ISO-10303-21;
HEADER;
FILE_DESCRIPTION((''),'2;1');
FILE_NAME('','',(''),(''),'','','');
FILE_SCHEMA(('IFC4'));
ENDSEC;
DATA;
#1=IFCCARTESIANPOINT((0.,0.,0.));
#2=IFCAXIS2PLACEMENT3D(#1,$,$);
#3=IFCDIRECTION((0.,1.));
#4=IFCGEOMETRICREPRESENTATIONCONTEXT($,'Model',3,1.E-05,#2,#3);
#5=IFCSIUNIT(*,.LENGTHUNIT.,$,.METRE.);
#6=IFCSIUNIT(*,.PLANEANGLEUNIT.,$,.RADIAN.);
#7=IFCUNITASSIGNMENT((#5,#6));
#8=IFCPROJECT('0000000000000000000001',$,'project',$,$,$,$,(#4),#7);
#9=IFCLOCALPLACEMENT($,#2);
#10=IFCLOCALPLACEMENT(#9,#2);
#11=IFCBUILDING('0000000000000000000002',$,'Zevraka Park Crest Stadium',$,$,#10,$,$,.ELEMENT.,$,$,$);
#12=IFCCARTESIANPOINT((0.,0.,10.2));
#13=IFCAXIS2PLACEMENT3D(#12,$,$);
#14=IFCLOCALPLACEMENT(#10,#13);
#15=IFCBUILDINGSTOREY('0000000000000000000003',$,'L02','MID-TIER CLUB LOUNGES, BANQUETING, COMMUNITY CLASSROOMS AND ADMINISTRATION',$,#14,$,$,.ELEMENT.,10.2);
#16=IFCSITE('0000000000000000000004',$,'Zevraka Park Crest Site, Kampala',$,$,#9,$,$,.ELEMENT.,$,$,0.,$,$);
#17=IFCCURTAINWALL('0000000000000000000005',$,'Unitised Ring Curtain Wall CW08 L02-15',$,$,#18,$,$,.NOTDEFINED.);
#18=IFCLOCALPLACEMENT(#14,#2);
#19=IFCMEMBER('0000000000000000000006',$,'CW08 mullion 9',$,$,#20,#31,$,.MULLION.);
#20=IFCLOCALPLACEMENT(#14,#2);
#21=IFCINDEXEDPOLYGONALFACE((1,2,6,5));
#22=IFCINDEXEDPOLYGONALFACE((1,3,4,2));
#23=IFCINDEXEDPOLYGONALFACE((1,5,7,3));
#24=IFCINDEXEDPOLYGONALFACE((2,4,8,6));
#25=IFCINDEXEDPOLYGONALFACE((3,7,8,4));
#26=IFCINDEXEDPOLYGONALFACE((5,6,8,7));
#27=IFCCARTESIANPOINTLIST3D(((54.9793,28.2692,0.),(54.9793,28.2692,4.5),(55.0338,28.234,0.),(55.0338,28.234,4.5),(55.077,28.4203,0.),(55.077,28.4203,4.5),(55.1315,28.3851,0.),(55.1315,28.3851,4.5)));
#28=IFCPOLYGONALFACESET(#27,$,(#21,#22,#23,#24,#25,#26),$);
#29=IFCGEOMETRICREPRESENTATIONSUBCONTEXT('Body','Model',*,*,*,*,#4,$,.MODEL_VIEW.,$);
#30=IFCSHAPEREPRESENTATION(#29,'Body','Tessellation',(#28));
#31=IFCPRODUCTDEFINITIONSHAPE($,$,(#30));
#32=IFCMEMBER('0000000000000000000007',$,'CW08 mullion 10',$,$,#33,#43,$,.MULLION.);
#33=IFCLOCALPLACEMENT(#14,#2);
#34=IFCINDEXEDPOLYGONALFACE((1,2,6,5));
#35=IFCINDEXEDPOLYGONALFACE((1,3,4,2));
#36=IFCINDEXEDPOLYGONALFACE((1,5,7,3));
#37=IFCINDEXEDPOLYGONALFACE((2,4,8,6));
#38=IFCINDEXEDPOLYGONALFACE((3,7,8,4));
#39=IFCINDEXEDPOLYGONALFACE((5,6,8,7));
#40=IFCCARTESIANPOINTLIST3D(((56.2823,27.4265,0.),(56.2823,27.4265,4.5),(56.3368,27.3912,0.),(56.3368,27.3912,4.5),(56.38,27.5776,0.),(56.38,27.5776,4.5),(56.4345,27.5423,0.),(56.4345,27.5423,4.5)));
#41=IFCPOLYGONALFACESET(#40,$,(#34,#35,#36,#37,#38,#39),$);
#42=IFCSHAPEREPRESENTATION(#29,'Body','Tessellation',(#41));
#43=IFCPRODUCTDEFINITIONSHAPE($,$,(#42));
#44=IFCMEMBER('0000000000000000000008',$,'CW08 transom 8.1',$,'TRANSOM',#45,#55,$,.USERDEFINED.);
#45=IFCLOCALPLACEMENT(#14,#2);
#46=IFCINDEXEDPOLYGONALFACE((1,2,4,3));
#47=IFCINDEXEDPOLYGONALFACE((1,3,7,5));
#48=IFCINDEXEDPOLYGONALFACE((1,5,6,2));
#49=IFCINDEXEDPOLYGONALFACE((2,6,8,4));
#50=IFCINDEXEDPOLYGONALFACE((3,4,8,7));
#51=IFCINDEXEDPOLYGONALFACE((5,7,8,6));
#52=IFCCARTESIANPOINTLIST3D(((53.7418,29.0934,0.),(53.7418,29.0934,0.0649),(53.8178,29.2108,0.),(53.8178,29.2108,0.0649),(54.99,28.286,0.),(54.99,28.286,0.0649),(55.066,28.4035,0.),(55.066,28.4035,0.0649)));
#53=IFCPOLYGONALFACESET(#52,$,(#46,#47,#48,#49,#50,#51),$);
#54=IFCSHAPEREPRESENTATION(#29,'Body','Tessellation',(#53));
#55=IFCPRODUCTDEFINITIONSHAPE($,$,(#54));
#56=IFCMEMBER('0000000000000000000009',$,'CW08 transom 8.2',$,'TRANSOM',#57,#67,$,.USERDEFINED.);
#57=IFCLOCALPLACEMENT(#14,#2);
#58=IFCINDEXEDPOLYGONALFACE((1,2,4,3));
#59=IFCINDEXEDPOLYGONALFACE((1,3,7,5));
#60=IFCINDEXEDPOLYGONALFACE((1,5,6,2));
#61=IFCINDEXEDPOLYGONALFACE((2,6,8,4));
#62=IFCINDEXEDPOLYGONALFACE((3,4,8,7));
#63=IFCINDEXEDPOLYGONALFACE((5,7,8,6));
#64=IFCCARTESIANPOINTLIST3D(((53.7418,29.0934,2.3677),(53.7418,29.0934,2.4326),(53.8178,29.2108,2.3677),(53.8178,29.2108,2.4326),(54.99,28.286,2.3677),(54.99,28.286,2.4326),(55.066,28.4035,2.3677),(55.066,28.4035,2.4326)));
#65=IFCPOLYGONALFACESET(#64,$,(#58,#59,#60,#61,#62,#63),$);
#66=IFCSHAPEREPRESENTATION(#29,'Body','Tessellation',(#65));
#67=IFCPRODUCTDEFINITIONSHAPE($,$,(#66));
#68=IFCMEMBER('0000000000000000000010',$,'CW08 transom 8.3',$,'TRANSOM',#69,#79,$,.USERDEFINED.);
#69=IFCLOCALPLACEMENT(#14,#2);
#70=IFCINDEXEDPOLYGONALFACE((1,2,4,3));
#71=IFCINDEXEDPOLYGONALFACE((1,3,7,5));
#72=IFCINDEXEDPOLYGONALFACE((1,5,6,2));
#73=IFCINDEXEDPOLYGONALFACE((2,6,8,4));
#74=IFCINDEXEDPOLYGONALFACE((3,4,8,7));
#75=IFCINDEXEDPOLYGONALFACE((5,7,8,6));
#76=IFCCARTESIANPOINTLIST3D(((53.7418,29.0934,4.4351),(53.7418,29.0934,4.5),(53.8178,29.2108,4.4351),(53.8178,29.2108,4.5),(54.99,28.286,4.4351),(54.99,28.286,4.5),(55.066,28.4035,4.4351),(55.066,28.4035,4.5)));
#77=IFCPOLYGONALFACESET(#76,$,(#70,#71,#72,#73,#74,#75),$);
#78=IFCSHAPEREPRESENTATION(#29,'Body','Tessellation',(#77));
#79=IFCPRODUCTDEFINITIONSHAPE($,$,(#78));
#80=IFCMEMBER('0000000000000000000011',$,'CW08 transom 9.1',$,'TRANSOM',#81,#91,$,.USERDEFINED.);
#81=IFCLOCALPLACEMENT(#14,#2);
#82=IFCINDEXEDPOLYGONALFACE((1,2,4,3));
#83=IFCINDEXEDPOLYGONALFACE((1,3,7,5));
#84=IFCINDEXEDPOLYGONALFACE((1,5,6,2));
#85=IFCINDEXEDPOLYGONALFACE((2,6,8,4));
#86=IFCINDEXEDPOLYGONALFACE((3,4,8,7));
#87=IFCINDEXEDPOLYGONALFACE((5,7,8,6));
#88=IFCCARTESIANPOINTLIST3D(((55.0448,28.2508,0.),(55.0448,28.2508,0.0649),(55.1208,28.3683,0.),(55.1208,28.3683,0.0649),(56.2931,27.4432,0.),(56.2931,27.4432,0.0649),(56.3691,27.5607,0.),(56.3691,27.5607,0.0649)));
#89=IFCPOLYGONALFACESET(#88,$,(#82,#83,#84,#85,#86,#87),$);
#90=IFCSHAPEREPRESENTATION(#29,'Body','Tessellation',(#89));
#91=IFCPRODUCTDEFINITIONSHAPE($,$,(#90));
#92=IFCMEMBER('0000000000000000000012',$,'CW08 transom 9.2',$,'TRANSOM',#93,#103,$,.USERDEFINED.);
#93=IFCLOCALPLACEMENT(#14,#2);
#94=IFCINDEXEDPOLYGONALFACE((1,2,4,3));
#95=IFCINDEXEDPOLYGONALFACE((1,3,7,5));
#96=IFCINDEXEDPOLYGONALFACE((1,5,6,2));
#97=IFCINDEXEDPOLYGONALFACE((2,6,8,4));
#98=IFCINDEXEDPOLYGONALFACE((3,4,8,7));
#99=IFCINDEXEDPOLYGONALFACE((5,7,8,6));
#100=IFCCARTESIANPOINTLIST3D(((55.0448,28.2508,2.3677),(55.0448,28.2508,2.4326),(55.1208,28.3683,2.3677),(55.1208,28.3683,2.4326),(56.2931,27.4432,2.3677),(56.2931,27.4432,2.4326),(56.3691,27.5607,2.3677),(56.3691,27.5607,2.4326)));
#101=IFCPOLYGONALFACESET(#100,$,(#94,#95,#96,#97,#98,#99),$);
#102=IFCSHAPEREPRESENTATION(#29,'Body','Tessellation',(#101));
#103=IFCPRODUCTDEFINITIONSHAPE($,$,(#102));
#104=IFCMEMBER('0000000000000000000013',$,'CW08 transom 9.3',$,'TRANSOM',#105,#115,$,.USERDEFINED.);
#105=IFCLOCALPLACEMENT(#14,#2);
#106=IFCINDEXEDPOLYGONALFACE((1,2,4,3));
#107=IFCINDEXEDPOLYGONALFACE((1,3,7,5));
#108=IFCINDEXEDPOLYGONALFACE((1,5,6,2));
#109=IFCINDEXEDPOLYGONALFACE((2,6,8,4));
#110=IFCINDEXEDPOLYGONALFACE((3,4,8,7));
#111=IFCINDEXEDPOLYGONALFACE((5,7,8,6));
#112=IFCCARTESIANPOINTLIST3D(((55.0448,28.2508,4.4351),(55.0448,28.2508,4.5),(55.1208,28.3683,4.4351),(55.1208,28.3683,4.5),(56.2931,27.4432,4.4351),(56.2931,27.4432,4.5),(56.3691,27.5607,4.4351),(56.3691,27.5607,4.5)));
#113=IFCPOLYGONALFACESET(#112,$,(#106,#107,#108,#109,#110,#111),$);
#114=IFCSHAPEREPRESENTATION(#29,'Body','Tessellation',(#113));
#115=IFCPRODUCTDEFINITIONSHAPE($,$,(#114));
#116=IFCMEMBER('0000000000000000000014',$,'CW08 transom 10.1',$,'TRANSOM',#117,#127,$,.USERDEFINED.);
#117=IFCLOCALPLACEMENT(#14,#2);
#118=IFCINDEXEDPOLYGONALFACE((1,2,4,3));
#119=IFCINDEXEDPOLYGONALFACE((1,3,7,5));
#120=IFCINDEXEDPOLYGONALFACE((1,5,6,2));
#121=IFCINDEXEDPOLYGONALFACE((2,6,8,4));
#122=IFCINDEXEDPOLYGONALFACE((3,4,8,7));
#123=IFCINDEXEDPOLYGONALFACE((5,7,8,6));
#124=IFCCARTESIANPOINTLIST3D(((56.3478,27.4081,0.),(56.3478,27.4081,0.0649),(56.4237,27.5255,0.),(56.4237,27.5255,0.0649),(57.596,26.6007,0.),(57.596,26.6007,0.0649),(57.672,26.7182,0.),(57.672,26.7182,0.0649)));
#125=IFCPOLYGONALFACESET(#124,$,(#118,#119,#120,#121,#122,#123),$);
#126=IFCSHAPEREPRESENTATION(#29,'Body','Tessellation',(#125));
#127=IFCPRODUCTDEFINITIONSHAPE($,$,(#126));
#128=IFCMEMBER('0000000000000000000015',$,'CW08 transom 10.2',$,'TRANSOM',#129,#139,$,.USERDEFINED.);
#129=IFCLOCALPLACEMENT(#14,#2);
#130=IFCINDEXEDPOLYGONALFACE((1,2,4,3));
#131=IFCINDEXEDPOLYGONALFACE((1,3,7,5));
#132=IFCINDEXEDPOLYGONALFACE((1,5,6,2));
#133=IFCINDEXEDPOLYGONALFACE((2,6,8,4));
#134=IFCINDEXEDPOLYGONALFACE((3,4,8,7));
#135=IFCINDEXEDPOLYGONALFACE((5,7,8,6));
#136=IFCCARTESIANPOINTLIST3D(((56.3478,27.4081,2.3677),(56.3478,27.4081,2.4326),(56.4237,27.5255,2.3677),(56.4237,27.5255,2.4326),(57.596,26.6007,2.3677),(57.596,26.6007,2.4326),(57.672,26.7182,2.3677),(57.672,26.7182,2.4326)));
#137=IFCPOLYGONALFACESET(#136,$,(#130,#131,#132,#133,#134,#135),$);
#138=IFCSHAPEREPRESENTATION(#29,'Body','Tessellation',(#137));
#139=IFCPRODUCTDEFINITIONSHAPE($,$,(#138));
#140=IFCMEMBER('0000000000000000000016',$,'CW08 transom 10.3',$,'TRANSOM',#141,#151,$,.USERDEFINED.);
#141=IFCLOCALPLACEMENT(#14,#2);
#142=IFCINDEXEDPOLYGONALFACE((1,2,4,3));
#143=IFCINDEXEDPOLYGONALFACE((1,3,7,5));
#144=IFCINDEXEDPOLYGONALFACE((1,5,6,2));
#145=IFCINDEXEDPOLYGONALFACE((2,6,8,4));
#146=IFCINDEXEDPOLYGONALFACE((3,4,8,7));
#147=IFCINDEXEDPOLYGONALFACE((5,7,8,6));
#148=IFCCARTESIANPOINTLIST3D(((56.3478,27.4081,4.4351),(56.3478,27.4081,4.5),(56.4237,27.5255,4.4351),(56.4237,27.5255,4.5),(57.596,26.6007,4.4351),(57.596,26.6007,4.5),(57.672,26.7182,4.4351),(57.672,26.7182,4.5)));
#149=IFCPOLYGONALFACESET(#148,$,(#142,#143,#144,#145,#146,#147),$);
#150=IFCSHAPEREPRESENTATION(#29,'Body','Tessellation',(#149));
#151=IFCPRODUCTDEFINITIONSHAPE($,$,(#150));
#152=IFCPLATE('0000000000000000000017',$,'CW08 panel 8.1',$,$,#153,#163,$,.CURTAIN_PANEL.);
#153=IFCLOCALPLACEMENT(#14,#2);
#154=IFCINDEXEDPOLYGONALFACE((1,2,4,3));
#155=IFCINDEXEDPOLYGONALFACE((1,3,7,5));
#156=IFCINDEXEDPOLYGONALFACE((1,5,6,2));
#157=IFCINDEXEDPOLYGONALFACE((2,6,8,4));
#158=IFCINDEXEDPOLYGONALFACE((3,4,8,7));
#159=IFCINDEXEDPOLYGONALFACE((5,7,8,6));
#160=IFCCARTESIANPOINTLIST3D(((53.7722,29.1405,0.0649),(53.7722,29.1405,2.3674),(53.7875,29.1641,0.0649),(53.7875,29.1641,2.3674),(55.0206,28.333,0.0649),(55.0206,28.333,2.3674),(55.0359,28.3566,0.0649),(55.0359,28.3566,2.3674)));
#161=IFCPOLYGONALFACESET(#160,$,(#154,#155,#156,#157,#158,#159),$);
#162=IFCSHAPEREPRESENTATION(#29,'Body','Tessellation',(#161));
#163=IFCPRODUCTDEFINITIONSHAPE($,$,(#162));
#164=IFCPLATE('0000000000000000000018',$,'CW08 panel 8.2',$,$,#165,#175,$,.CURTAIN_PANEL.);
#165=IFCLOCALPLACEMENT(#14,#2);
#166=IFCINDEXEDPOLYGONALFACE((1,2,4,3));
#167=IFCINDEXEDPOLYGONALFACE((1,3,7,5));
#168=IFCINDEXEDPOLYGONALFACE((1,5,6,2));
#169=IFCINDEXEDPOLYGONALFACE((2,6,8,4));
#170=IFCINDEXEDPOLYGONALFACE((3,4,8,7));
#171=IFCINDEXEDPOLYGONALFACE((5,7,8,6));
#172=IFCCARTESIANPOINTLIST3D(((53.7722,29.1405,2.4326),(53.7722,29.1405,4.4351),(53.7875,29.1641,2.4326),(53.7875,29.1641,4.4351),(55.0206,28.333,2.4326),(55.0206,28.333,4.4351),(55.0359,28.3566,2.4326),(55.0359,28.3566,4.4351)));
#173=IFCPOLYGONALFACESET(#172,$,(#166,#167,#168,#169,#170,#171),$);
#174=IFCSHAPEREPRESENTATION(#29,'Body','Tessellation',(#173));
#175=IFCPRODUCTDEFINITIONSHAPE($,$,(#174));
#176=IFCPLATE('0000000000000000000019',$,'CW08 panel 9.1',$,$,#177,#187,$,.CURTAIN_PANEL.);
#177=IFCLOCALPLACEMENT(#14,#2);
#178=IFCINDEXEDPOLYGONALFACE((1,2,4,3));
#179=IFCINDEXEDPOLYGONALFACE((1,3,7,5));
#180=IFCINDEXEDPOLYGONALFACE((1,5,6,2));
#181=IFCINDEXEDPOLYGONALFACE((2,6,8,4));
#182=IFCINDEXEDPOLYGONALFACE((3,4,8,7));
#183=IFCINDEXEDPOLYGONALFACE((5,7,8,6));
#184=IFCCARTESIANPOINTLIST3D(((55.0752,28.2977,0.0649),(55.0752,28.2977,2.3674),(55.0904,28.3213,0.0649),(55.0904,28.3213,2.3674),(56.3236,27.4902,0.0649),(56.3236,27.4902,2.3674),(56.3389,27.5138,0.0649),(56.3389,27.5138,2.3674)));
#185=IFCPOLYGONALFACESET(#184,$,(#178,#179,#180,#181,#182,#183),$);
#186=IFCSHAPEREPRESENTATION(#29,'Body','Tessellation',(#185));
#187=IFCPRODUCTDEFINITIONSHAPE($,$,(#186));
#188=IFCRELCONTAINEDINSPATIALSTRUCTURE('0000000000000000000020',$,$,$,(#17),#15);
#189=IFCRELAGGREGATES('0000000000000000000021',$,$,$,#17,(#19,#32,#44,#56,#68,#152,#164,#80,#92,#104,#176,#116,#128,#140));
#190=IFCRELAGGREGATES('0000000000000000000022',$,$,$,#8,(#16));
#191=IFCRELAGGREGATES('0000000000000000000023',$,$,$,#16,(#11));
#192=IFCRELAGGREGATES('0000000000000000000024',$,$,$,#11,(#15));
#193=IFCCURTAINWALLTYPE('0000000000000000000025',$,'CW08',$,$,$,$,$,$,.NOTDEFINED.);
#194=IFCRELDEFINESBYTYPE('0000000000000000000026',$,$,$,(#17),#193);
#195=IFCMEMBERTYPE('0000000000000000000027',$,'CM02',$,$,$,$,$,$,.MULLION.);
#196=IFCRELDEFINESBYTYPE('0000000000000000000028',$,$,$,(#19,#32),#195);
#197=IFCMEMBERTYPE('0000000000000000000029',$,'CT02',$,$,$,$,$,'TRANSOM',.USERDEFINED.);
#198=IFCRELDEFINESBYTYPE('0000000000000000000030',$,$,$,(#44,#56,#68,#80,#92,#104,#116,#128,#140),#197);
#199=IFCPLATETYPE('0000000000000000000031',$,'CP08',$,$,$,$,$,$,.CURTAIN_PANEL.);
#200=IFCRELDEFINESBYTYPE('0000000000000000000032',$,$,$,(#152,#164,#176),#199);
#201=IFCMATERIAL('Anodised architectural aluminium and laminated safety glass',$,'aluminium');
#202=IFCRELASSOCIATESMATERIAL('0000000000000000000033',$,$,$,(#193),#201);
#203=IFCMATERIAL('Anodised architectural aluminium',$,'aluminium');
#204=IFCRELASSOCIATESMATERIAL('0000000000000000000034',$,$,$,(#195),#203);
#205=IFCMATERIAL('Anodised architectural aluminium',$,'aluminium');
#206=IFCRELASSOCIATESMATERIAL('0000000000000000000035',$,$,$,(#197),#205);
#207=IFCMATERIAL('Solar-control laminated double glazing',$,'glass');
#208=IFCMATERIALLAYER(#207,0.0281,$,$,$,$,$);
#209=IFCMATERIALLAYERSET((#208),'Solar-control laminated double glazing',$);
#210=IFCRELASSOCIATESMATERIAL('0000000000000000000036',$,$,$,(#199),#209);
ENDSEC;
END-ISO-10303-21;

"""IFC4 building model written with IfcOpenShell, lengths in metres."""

from ifc_helpers import new_model, si_unit, direction, frame, origin, origin_2d, place, context, subcontext, project, spatial, rectangle, extrude, material, layer, layer_set, material_profile, profile_set, type_object, element, aggregate, save


model = new_model("IFC4")

# Units and contexts
model_context = context("Model", 3, precision=1e-05, world=origin(), true_north=direction((0.0, 1.0)))
body_context = subcontext(model_context, "Body", "Model", "MODEL_VIEW")
ifc_project = project(units=[si_unit("LENGTHUNIT", "METRE"), si_unit("PLANEANGLEUNIT", "RADIAN")], contexts=[model_context])

# Site, building, storey
site_placement = place(None, origin())
site = spatial("IfcSite", under=ifc_project, at=site_placement, Name="Zevraka Park Crest Site, Kampala", CompositionType="ELEMENT", RefElevation=0.0)
building_placement = place(site_placement, origin())
building = spatial("IfcBuilding", under=site, at=building_placement, Name="Zevraka Park Crest Stadium", CompositionType="ELEMENT")
storey_placement = place(building_placement, frame((0.0, 0.0, 10.2)))
storey = spatial("IfcBuildingStorey", under=building, at=storey_placement, Name="L02", Description="MID-TIER CLUB LOUNGES, BANQUETING, COMMUNITY CLASSROOMS AND ADMINISTRATION", CompositionType="ELEMENT", Elevation=10.2)

# Curtain wall, members, plates
ifc_material_1 = material(Name="Anodised architectural aluminium and laminated safety glass", Category="aluminium")
curtain_wall_type = type_object("IfcCurtainWallType", Name="CW08", PredefinedType="NOTDEFINED", material=ifc_material_1)
curtain_wall_placement = place(storey_placement, origin())
curtain_wall = element("IfcCurtainWall", 1, at=curtain_wall_placement, inside=storey, type_object=curtain_wall_type, Name="Unitised Ring Curtain Wall CW08 L02-15", PredefinedType="NOTDEFINED")
ifc_material_2 = material(Name="Anodised architectural aluminium", Category="aluminium")
ifc_material_profile_1 = material_profile(ifc_material_2, rectangle(XDim=0.1799, YDim=0.0649, at=origin_2d()), Name="ALU MULLION 180x65")
ifc_profile_set_1 = profile_set([ifc_material_profile_1], Name="Anodised architectural aluminium")
member_type_1 = type_object("IfcMemberType", Name="CM02", PredefinedType="MULLION", material=ifc_profile_set_1)
member_1_placement = place(storey_placement, frame((55.0554, 28.3271, 0.0), z_axis=(0.0, 0.0, 1.0), x_axis=(0.543096, 0.83967, 0.0)))
member_1 = element("IfcMember", 2, at=member_1_placement, type_object=member_type_1, Name="CW08 mullion 9", PredefinedType="MULLION", context=body_context, shape_type="SweptSolid", body=[
    extrude(rectangle(XDim=0.1799, YDim=0.0649, at=origin_2d()), origin(), (0.0, 0.0, 1.0), 4.5),
])
member_2_placement = place(storey_placement, frame((56.3584, 27.4844, 0.0), z_axis=(0.0, 0.0, 1.0), x_axis=(0.543096, 0.83967, 0.0)))
member_2 = element("IfcMember", 3, at=member_2_placement, type_object=member_type_1, Name="CW08 mullion 10", PredefinedType="MULLION", context=body_context, shape_type="SweptSolid", body=[
    extrude(rectangle(XDim=0.1799, YDim=0.0649, at=origin_2d()), origin(), (0.0, 0.0, 1.0), 4.5),
])
ifc_material_3 = material(Name="Anodised architectural aluminium", Category="aluminium")
ifc_material_profile_2 = material_profile(ifc_material_3, rectangle(XDim=0.1399, YDim=0.0649, at=origin_2d()), Name="ALU TRANSOM 140x65")
ifc_profile_set_2 = profile_set([ifc_material_profile_2], Name="Anodised architectural aluminium")
member_type_2 = type_object("IfcMemberType", Name="CT02", ElementType="TRANSOM", PredefinedType="USERDEFINED", material=ifc_profile_set_2)
member_3_placement = place(storey_placement, frame((53.7798, 29.1521, 0.0325), z_axis=(0.839676, -0.543088, 0.0), x_axis=(0.543088, 0.839676, 0.0)))
member_3 = element("IfcMember", 4, at=member_3_placement, type_object=member_type_2, Name="CW08 transom 8.1", ObjectType="TRANSOM", PredefinedType="USERDEFINED", context=body_context, shape_type="SweptSolid", body=[
    extrude(rectangle(XDim=0.1399, YDim=0.0649, at=origin_2d()), origin(), (0.0, 0.0, 1.0), 1.4866),
])
member_4_placement = place(storey_placement, frame((53.7798, 29.1521, 2.4001), z_axis=(0.839676, -0.543088, 0.0), x_axis=(0.543088, 0.839676, 0.0)))
member_4 = element("IfcMember", 5, at=member_4_placement, type_object=member_type_2, Name="CW08 transom 8.2", ObjectType="TRANSOM", PredefinedType="USERDEFINED", context=body_context, shape_type="SweptSolid", body=[
    extrude(rectangle(XDim=0.1399, YDim=0.0649, at=origin_2d()), origin(), (0.0, 0.0, 1.0), 1.4866),
])
member_5_placement = place(storey_placement, frame((53.7798, 29.1521, 4.4675), z_axis=(0.839676, -0.543088, 0.0), x_axis=(0.543088, 0.839676, 0.0)))
member_5 = element("IfcMember", 6, at=member_5_placement, type_object=member_type_2, Name="CW08 transom 8.3", ObjectType="TRANSOM", PredefinedType="USERDEFINED", context=body_context, shape_type="SweptSolid", body=[
    extrude(rectangle(XDim=0.1399, YDim=0.0649, at=origin_2d()), origin(), (0.0, 0.0, 1.0), 1.4866),
])
member_6_placement = place(storey_placement, frame((55.0828, 28.3096, 0.0325), z_axis=(0.839601, -0.543204, 0.0), x_axis=(0.543204, 0.839601, 0.0)))
member_6 = element("IfcMember", 7, at=member_6_placement, type_object=member_type_2, Name="CW08 transom 9.1", ObjectType="TRANSOM", PredefinedType="USERDEFINED", context=body_context, shape_type="SweptSolid", body=[
    extrude(rectangle(XDim=0.1399, YDim=0.0649, at=origin_2d()), origin(), (0.0, 0.0, 1.0), 1.4868),
])
member_7_placement = place(storey_placement, frame((55.0828, 28.3096, 2.4001), z_axis=(0.839601, -0.543204, 0.0), x_axis=(0.543204, 0.839601, 0.0)))
member_7 = element("IfcMember", 8, at=member_7_placement, type_object=member_type_2, Name="CW08 transom 9.2", ObjectType="TRANSOM", PredefinedType="USERDEFINED", context=body_context, shape_type="SweptSolid", body=[
    extrude(rectangle(XDim=0.1399, YDim=0.0649, at=origin_2d()), origin(), (0.0, 0.0, 1.0), 1.4868),
])
member_8_placement = place(storey_placement, frame((55.0828, 28.3096, 4.4675), z_axis=(0.839601, -0.543204, 0.0), x_axis=(0.543204, 0.839601, 0.0)))
member_8 = element("IfcMember", 9, at=member_8_placement, type_object=member_type_2, Name="CW08 transom 9.3", ObjectType="TRANSOM", PredefinedType="USERDEFINED", context=body_context, shape_type="SweptSolid", body=[
    extrude(rectangle(XDim=0.1399, YDim=0.0649, at=origin_2d()), origin(), (0.0, 0.0, 1.0), 1.4868),
])
member_9_placement = place(storey_placement, frame((56.3857, 27.4668, 0.0325), z_axis=(0.839676, -0.543088, 0.0), x_axis=(0.543088, 0.839676, 0.0)))
member_9 = element("IfcMember", 10, at=member_9_placement, type_object=member_type_2, Name="CW08 transom 10.1", ObjectType="TRANSOM", PredefinedType="USERDEFINED", context=body_context, shape_type="SweptSolid", body=[
    extrude(rectangle(XDim=0.1399, YDim=0.0649, at=origin_2d()), origin(), (0.0, 0.0, 1.0), 1.4866),
])
member_10_placement = place(storey_placement, frame((56.3857, 27.4668, 2.4001), z_axis=(0.839676, -0.543088, 0.0), x_axis=(0.543088, 0.839676, 0.0)))
member_10 = element("IfcMember", 11, at=member_10_placement, type_object=member_type_2, Name="CW08 transom 10.2", ObjectType="TRANSOM", PredefinedType="USERDEFINED", context=body_context, shape_type="SweptSolid", body=[
    extrude(rectangle(XDim=0.1399, YDim=0.0649, at=origin_2d()), origin(), (0.0, 0.0, 1.0), 1.4866),
])
member_11_placement = place(storey_placement, frame((56.3857, 27.4668, 4.4675), z_axis=(0.839676, -0.543088, 0.0), x_axis=(0.543088, 0.839676, 0.0)))
member_11 = element("IfcMember", 12, at=member_11_placement, type_object=member_type_2, Name="CW08 transom 10.3", ObjectType="TRANSOM", PredefinedType="USERDEFINED", context=body_context, shape_type="SweptSolid", body=[
    extrude(rectangle(XDim=0.1399, YDim=0.0649, at=origin_2d()), origin(), (0.0, 0.0, 1.0), 1.4866),
])
ifc_material_4 = material(Name="Solar-control laminated double glazing", Category="glass")
ifc_layer_1 = layer(ifc_material_4, 0.0281)
ifc_layer_set_1 = layer_set([ifc_layer_1], Name="Solar-control laminated double glazing")
plate_type = type_object("IfcPlateType", Name="CP08", PredefinedType="CURTAIN_PANEL", material=ifc_layer_set_1)
plate_1_placement = place(storey_placement, frame((54.4041, 28.7485, 0.0649), z_axis=(0.0, 0.0, 1.0), x_axis=(0.83967, -0.543096, 0.0)))
plate_1 = element("IfcPlate", 13, at=plate_1_placement, type_object=plate_type, Name="CW08 panel 8.1", PredefinedType="CURTAIN_PANEL", context=body_context, shape_type="SweptSolid", body=[
    extrude(rectangle(XDim=1.4868, YDim=0.0281, at=origin_2d()), origin(), (0.0, 0.0, 1.0), 2.3025),
])
plate_2_placement = place(storey_placement, frame((54.4041, 28.7485, 2.4326), z_axis=(0.0, 0.0, 1.0), x_axis=(0.83967, -0.543096, 0.0)))
plate_2 = element("IfcPlate", 14, at=plate_2_placement, type_object=plate_type, Name="CW08 panel 8.2", PredefinedType="CURTAIN_PANEL", context=body_context, shape_type="SweptSolid", body=[
    extrude(rectangle(XDim=1.4868, YDim=0.0281, at=origin_2d()), origin(), (0.0, 0.0, 1.0), 2.0024),
])
plate_3_placement = place(storey_placement, frame((55.707, 27.9058, 0.0649), z_axis=(0.0, 0.0, 1.0), x_axis=(0.83967, -0.543096, 0.0)))
plate_3 = element("IfcPlate", 15, at=plate_3_placement, type_object=plate_type, Name="CW08 panel 9.1", PredefinedType="CURTAIN_PANEL", context=body_context, shape_type="SweptSolid", body=[
    extrude(rectangle(XDim=1.4868, YDim=0.0281, at=origin_2d()), origin(), (0.0, 0.0, 1.0), 2.3025),
])
aggregate(curtain_wall, [member_1, member_2, member_3, member_4, member_5, plate_1, plate_2, member_6, member_7, member_8, plate_3, member_9, member_10, member_11])

save(model, "model.ifc")
